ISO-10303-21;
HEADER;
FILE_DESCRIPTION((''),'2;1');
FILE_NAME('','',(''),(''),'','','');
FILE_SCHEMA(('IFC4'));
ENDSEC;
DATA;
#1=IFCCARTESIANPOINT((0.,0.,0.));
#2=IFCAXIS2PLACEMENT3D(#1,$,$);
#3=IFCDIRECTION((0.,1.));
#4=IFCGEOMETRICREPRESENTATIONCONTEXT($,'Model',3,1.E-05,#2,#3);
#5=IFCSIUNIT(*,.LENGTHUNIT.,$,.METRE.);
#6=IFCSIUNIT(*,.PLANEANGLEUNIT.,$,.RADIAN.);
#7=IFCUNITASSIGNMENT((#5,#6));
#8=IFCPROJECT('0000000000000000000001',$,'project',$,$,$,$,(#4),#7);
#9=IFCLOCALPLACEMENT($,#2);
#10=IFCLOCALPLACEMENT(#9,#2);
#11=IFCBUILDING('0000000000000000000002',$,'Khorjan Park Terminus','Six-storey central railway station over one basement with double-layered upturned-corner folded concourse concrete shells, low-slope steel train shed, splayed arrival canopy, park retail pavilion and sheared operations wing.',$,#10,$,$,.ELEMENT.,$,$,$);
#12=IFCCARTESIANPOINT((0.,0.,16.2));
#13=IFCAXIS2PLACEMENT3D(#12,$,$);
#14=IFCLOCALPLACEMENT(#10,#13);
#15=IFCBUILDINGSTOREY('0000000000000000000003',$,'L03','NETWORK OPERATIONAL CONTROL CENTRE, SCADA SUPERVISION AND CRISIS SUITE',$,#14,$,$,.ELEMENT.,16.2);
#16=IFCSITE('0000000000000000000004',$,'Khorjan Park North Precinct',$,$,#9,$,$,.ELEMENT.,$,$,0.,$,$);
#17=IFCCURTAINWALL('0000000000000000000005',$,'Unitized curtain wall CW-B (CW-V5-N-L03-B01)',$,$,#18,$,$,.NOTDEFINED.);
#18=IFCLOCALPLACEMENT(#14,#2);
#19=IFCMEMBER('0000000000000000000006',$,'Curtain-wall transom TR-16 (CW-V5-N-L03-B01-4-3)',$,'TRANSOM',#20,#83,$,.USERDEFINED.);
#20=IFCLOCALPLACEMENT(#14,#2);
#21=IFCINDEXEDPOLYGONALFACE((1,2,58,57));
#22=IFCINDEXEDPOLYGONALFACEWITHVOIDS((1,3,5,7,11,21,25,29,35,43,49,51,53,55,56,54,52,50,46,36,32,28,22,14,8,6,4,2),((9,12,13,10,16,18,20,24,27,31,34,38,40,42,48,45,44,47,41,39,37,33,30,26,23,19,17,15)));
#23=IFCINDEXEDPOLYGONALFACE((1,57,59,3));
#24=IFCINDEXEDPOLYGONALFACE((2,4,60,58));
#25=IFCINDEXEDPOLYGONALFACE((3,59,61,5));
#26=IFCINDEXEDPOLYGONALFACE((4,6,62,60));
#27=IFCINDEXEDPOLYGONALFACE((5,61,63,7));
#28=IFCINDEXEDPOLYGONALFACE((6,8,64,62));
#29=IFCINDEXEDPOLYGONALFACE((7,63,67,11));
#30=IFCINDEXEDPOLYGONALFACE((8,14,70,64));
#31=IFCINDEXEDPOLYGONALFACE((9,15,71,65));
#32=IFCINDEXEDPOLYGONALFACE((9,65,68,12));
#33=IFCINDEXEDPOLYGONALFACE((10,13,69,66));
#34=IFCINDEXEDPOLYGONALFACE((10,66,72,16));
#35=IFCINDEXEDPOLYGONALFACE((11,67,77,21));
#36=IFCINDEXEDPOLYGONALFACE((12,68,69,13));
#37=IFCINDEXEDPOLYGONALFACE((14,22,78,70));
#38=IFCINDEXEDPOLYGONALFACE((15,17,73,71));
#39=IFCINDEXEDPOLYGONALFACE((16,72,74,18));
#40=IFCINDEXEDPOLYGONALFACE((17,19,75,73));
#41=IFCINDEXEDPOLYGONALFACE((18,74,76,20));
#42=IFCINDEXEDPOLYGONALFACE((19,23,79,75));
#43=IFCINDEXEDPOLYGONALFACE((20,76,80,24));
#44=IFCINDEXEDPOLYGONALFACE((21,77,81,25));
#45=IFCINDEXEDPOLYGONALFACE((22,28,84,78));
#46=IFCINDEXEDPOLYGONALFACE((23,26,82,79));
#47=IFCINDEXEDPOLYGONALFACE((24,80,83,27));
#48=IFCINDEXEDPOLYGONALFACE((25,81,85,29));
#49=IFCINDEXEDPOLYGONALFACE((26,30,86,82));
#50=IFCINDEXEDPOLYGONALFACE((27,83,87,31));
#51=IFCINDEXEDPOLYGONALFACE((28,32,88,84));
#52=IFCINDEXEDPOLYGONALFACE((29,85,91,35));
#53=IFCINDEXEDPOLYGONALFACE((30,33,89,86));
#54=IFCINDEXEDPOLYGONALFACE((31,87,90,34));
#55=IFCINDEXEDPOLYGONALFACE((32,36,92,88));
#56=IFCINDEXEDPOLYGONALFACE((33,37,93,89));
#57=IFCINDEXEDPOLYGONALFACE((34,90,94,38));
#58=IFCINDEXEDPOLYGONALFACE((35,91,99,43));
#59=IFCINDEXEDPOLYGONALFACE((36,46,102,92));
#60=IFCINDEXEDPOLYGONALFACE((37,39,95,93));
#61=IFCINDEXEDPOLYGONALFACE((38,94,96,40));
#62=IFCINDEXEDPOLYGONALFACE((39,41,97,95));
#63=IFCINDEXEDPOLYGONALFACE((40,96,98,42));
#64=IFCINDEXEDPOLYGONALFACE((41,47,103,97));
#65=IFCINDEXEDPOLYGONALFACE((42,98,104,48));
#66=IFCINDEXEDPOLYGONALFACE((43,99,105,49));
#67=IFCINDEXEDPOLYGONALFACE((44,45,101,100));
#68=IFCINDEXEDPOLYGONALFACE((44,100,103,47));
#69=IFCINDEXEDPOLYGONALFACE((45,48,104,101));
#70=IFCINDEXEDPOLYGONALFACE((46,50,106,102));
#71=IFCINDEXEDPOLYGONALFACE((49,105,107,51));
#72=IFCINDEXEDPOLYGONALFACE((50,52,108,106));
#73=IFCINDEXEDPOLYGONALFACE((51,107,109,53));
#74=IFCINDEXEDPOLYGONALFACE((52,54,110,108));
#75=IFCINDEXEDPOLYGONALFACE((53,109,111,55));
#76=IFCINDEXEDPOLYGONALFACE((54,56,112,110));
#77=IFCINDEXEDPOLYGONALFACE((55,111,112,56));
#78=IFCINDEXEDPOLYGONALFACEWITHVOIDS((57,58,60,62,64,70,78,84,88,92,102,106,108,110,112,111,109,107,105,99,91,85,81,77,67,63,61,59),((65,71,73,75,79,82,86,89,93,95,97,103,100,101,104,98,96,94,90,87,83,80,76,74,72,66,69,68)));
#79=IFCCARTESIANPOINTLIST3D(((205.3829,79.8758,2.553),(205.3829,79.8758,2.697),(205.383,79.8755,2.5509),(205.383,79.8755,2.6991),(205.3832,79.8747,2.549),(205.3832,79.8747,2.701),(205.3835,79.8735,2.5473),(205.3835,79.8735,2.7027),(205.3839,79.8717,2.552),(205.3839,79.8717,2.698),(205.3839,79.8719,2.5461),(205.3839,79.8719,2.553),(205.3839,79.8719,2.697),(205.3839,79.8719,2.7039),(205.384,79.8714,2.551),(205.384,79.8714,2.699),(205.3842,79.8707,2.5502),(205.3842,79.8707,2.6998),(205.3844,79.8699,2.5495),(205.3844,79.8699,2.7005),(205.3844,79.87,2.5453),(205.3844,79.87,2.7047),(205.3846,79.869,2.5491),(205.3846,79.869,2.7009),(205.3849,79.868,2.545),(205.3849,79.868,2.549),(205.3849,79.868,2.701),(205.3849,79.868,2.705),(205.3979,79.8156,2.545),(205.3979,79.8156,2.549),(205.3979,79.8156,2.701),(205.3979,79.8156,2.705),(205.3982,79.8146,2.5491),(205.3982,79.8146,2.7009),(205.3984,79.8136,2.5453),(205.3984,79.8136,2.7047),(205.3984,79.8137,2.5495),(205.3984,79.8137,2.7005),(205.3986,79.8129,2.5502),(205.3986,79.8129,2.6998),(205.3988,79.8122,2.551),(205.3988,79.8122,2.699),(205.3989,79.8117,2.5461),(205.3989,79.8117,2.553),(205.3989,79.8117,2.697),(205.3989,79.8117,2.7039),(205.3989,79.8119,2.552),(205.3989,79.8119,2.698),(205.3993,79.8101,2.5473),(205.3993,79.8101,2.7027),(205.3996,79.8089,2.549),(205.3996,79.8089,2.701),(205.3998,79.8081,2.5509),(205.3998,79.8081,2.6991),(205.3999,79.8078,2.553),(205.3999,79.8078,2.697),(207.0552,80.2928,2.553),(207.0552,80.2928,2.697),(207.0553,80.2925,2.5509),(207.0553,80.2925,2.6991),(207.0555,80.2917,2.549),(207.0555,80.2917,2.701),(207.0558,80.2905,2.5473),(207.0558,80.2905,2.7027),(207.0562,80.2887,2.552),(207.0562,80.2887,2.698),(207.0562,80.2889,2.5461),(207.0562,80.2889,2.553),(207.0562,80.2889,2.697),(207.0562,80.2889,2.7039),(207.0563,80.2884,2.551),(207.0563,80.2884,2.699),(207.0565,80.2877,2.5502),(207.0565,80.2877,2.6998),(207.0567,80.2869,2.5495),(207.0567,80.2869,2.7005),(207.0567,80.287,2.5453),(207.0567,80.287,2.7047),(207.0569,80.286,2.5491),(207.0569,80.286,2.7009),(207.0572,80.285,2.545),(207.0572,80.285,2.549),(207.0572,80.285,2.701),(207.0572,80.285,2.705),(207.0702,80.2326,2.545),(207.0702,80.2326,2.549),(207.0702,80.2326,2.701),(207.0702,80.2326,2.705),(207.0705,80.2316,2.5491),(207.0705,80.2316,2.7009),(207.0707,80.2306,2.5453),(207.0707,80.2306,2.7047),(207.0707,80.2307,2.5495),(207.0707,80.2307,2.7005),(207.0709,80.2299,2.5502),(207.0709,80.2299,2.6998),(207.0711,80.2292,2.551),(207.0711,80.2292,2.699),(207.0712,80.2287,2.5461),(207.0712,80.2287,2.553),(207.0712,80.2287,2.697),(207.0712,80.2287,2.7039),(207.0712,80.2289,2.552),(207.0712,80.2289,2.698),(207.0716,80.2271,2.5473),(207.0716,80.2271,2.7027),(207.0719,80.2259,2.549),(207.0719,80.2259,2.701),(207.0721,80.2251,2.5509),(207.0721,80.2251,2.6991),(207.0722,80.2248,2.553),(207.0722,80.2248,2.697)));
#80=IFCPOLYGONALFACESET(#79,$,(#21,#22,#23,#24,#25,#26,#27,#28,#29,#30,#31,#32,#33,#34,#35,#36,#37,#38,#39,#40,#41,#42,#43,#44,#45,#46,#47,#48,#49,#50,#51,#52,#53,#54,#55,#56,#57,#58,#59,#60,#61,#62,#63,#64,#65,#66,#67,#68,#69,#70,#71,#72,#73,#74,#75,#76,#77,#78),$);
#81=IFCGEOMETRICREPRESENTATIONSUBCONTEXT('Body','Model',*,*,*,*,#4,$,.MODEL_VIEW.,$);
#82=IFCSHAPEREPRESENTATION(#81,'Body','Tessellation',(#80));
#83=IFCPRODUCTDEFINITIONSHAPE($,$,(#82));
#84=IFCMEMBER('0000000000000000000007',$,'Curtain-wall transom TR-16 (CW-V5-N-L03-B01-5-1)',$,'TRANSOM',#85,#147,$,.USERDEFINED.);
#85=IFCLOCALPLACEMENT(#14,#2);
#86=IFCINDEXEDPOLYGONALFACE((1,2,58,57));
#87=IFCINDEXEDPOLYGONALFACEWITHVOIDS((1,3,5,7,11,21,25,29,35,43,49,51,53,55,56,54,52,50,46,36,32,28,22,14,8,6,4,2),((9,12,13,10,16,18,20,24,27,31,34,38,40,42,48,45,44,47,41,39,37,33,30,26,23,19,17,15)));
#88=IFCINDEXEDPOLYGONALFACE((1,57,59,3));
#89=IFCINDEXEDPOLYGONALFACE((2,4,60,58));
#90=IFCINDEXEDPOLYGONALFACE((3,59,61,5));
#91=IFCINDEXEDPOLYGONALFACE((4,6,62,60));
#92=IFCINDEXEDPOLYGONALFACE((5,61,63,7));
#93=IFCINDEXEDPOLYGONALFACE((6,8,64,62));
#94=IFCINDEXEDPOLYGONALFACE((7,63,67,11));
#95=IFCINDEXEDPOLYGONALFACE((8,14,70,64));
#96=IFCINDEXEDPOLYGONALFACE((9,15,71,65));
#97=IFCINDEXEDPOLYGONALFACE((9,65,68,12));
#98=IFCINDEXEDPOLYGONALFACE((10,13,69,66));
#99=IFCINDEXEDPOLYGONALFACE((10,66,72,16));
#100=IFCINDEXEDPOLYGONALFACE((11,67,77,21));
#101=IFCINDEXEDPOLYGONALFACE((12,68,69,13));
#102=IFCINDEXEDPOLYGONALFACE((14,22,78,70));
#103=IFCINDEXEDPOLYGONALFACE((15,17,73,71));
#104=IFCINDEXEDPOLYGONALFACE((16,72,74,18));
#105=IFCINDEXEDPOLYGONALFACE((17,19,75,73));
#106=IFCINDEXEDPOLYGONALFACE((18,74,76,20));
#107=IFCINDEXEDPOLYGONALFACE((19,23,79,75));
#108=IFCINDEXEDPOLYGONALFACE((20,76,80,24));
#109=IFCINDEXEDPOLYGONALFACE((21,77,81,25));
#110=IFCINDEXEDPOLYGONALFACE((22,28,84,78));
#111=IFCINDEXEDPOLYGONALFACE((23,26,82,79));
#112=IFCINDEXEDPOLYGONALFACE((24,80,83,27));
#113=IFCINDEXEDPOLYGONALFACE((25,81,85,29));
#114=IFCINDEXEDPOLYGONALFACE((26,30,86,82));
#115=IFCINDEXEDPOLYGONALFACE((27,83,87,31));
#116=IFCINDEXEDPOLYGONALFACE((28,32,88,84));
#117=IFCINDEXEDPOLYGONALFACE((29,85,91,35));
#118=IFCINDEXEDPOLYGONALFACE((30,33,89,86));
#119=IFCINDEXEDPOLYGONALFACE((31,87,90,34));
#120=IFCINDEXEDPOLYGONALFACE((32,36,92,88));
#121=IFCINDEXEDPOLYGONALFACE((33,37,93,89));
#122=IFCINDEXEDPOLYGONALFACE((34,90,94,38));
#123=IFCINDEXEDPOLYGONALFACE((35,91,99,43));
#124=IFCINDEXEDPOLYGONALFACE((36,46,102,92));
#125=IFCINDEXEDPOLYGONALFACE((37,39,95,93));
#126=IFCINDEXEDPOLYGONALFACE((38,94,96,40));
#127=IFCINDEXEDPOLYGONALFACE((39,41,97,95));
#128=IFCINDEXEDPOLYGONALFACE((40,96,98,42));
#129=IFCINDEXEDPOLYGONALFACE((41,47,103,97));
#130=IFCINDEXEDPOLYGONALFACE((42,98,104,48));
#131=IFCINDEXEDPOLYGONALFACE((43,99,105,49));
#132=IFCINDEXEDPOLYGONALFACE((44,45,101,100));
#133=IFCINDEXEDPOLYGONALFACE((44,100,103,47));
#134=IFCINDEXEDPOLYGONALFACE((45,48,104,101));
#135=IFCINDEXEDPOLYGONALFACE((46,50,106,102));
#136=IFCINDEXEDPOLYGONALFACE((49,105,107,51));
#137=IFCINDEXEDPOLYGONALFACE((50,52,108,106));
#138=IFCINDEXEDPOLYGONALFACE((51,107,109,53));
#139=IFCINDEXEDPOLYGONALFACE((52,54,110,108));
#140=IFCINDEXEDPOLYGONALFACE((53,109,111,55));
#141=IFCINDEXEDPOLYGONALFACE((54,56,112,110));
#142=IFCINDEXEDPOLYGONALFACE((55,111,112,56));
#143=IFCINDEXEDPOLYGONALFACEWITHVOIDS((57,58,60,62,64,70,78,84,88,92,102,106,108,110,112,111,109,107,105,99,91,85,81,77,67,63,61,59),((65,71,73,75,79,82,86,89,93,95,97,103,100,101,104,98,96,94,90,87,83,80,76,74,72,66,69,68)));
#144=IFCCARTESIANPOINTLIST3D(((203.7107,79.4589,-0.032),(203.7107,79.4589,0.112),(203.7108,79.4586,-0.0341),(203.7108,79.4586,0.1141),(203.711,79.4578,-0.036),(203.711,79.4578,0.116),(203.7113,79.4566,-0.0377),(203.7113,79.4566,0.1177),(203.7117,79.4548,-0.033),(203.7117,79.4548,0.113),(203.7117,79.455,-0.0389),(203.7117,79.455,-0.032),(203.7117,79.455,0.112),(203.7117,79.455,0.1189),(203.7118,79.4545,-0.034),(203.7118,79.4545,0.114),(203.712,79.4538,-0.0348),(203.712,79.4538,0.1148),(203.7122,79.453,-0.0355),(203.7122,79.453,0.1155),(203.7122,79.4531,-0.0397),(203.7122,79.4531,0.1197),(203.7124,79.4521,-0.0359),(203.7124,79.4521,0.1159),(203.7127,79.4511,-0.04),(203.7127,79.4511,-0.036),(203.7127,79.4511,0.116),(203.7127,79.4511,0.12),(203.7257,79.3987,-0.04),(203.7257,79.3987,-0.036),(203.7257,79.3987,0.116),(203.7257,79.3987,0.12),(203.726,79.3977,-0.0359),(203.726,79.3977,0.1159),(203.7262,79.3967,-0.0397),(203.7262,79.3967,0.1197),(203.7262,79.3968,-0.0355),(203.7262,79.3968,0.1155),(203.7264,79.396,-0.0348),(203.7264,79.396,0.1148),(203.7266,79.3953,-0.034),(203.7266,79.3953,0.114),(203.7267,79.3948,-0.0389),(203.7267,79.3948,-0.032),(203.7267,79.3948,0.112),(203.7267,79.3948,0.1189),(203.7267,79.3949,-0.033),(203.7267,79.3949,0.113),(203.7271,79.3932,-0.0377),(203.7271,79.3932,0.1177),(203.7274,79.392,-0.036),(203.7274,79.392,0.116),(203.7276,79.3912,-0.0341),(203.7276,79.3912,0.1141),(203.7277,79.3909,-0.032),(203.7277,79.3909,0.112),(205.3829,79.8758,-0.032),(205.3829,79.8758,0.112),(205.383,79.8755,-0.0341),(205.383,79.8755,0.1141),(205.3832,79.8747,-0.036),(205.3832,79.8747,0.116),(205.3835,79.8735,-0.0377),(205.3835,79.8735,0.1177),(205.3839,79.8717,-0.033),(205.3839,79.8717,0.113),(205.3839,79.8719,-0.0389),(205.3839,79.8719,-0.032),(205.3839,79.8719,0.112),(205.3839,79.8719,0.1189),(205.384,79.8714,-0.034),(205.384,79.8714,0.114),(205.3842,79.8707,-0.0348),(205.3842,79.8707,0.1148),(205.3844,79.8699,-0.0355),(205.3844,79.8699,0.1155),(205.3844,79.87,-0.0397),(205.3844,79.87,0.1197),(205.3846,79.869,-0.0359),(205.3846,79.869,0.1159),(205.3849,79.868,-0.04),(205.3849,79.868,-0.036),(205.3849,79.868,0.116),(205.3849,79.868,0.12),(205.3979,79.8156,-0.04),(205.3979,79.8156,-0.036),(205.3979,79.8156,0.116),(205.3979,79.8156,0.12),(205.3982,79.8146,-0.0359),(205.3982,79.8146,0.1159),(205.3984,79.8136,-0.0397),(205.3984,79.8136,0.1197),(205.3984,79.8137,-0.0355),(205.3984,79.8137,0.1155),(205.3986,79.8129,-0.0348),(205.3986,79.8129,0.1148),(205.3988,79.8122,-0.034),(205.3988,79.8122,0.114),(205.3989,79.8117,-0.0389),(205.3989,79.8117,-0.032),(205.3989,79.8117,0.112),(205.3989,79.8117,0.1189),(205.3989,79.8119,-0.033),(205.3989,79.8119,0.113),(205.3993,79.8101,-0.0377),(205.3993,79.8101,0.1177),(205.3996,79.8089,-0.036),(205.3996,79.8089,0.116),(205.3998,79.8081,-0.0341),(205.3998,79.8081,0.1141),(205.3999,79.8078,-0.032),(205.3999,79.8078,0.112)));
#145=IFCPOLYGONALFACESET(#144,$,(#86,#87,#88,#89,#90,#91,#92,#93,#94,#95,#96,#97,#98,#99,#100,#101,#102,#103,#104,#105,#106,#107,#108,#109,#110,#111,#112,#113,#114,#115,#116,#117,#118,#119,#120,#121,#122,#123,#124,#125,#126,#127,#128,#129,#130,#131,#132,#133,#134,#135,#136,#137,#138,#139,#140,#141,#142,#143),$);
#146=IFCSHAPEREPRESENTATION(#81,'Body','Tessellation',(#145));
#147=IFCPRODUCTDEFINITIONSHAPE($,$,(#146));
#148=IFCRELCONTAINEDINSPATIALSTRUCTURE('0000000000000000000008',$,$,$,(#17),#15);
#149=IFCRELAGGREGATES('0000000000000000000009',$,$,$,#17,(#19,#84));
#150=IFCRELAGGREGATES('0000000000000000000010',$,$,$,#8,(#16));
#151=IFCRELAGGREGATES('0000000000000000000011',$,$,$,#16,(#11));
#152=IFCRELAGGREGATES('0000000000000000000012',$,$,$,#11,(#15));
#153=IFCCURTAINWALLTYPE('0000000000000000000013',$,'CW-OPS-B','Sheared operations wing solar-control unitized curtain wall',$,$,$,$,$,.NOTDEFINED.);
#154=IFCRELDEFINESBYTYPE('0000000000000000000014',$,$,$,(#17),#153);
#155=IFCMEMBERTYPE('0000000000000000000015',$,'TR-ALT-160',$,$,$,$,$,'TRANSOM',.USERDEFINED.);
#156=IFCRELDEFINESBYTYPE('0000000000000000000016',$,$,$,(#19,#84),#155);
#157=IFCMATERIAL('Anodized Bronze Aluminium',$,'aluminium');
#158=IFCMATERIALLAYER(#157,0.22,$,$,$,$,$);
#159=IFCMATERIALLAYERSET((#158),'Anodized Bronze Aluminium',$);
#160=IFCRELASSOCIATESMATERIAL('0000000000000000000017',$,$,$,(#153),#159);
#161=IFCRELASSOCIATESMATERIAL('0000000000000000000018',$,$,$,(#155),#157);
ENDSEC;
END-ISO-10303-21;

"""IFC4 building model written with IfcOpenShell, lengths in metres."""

from ifc_helpers import new_model, si_unit, direction, frame, origin, origin_2d, place, context, subcontext, project, spatial, hollow_rectangle, extrude, material, layer, layer_set, material_profile, profile_set, type_object, element, aggregate, save


model = new_model("IFC4")

# Units and contexts
model_context = context("Model", 3, precision=1e-05, world=origin(), true_north=direction((0.0, 1.0)))
body_context = subcontext(model_context, "Body", "Model", "MODEL_VIEW")
ifc_project = project(units=[si_unit("LENGTHUNIT", "METRE"), si_unit("PLANEANGLEUNIT", "RADIAN")], contexts=[model_context])

# Site, building, storey
site_placement = place(None, origin())
site = spatial("IfcSite", under=ifc_project, at=site_placement, Name="Khorjan Park North Precinct", CompositionType="ELEMENT", RefElevation=0.0)
building_placement = place(site_placement, origin())
building = spatial("IfcBuilding", under=site, at=building_placement, Name="Khorjan Park Terminus", Description="Six-storey central railway station over one basement with double-layered upturned-corner folded concourse concrete shells, low-slope steel train shed, splayed arrival canopy, park retail pavilion and sheared operations wing.", CompositionType="ELEMENT")
storey_placement = place(building_placement, frame((0.0, 0.0, 16.2)))
storey = spatial("IfcBuildingStorey", under=building, at=storey_placement, Name="L03", Description="NETWORK OPERATIONAL CONTROL CENTRE, SCADA SUPERVISION AND CRISIS SUITE", CompositionType="ELEMENT", Elevation=16.2)

# Curtain wall, members
ifc_material_1 = material(Name="Anodized Bronze Aluminium", Category="aluminium")
ifc_layer_1 = layer(ifc_material_1, 0.22)
ifc_layer_set_1 = layer_set([ifc_layer_1], Name="Anodized Bronze Aluminium")
curtain_wall_type = type_object("IfcCurtainWallType", Name="CW-OPS-B", Description="Sheared operations wing solar-control unitized curtain wall", PredefinedType="NOTDEFINED", material=ifc_layer_set_1)
curtain_wall_placement = place(storey_placement, origin())
curtain_wall = element("IfcCurtainWall", 1, at=curtain_wall_placement, inside=storey, type_object=curtain_wall_type, Name="Unitized curtain wall CW-B (CW-V5-N-L03-B01)", PredefinedType="NOTDEFINED")
ifc_material_profile_1 = material_profile(ifc_material_1, hollow_rectangle(XDim=0.07, YDim=0.16, WallThickness=0.004, InnerFilletRadius=0.004, OuterFilletRadius=0.008, at=origin_2d()), Name="ALT 70x160x4")
ifc_profile_set_1 = profile_set([ifc_material_profile_1], Name="Anodized Bronze Aluminium")
member_type_1 = type_object("IfcMemberType", Name="TR-ALT-160", ElementType="TRANSOM", PredefinedType="USERDEFINED", material=ifc_profile_set_1)
member_1_placement = place(storey_placement, frame((207.0637, 80.2588, 2.625), z_axis=(-0.970289, -0.241949, 0.0), x_axis=(0.241949, -0.970289, 0.0)))
member_1 = element("IfcMember", 2, at=member_1_placement, type_object=member_type_1, Name="Curtain-wall transom TR-16 (CW-V5-N-L03-B01-4-3)", ObjectType="TRANSOM", PredefinedType="USERDEFINED", context=body_context, shape_type="SweptSolid", body=[
    extrude(hollow_rectangle(XDim=0.07, YDim=0.16, WallThickness=0.004, InnerFilletRadius=0.004, OuterFilletRadius=0.008, at=origin_2d()), origin(), (0.0, 0.0, 1.0), 1.7235),
])
member_2_placement = place(storey_placement, frame((205.3914, 79.8418, 0.04), z_axis=(-0.970299, -0.241908, 0.0), x_axis=(0.241908, -0.970299, 0.0)))
member_2 = element("IfcMember", 3, at=member_2_placement, type_object=member_type_1, Name="Curtain-wall transom TR-16 (CW-V5-N-L03-B01-5-1)", ObjectType="TRANSOM", PredefinedType="USERDEFINED", context=body_context, shape_type="SweptSolid", body=[
    extrude(hollow_rectangle(XDim=0.07, YDim=0.16, WallThickness=0.004, InnerFilletRadius=0.004, OuterFilletRadius=0.008, at=origin_2d()), origin(), (0.0, 0.0, 1.0), 1.7234),
])
aggregate(curtain_wall, [member_1, member_2])

save(model, "model.ifc")
